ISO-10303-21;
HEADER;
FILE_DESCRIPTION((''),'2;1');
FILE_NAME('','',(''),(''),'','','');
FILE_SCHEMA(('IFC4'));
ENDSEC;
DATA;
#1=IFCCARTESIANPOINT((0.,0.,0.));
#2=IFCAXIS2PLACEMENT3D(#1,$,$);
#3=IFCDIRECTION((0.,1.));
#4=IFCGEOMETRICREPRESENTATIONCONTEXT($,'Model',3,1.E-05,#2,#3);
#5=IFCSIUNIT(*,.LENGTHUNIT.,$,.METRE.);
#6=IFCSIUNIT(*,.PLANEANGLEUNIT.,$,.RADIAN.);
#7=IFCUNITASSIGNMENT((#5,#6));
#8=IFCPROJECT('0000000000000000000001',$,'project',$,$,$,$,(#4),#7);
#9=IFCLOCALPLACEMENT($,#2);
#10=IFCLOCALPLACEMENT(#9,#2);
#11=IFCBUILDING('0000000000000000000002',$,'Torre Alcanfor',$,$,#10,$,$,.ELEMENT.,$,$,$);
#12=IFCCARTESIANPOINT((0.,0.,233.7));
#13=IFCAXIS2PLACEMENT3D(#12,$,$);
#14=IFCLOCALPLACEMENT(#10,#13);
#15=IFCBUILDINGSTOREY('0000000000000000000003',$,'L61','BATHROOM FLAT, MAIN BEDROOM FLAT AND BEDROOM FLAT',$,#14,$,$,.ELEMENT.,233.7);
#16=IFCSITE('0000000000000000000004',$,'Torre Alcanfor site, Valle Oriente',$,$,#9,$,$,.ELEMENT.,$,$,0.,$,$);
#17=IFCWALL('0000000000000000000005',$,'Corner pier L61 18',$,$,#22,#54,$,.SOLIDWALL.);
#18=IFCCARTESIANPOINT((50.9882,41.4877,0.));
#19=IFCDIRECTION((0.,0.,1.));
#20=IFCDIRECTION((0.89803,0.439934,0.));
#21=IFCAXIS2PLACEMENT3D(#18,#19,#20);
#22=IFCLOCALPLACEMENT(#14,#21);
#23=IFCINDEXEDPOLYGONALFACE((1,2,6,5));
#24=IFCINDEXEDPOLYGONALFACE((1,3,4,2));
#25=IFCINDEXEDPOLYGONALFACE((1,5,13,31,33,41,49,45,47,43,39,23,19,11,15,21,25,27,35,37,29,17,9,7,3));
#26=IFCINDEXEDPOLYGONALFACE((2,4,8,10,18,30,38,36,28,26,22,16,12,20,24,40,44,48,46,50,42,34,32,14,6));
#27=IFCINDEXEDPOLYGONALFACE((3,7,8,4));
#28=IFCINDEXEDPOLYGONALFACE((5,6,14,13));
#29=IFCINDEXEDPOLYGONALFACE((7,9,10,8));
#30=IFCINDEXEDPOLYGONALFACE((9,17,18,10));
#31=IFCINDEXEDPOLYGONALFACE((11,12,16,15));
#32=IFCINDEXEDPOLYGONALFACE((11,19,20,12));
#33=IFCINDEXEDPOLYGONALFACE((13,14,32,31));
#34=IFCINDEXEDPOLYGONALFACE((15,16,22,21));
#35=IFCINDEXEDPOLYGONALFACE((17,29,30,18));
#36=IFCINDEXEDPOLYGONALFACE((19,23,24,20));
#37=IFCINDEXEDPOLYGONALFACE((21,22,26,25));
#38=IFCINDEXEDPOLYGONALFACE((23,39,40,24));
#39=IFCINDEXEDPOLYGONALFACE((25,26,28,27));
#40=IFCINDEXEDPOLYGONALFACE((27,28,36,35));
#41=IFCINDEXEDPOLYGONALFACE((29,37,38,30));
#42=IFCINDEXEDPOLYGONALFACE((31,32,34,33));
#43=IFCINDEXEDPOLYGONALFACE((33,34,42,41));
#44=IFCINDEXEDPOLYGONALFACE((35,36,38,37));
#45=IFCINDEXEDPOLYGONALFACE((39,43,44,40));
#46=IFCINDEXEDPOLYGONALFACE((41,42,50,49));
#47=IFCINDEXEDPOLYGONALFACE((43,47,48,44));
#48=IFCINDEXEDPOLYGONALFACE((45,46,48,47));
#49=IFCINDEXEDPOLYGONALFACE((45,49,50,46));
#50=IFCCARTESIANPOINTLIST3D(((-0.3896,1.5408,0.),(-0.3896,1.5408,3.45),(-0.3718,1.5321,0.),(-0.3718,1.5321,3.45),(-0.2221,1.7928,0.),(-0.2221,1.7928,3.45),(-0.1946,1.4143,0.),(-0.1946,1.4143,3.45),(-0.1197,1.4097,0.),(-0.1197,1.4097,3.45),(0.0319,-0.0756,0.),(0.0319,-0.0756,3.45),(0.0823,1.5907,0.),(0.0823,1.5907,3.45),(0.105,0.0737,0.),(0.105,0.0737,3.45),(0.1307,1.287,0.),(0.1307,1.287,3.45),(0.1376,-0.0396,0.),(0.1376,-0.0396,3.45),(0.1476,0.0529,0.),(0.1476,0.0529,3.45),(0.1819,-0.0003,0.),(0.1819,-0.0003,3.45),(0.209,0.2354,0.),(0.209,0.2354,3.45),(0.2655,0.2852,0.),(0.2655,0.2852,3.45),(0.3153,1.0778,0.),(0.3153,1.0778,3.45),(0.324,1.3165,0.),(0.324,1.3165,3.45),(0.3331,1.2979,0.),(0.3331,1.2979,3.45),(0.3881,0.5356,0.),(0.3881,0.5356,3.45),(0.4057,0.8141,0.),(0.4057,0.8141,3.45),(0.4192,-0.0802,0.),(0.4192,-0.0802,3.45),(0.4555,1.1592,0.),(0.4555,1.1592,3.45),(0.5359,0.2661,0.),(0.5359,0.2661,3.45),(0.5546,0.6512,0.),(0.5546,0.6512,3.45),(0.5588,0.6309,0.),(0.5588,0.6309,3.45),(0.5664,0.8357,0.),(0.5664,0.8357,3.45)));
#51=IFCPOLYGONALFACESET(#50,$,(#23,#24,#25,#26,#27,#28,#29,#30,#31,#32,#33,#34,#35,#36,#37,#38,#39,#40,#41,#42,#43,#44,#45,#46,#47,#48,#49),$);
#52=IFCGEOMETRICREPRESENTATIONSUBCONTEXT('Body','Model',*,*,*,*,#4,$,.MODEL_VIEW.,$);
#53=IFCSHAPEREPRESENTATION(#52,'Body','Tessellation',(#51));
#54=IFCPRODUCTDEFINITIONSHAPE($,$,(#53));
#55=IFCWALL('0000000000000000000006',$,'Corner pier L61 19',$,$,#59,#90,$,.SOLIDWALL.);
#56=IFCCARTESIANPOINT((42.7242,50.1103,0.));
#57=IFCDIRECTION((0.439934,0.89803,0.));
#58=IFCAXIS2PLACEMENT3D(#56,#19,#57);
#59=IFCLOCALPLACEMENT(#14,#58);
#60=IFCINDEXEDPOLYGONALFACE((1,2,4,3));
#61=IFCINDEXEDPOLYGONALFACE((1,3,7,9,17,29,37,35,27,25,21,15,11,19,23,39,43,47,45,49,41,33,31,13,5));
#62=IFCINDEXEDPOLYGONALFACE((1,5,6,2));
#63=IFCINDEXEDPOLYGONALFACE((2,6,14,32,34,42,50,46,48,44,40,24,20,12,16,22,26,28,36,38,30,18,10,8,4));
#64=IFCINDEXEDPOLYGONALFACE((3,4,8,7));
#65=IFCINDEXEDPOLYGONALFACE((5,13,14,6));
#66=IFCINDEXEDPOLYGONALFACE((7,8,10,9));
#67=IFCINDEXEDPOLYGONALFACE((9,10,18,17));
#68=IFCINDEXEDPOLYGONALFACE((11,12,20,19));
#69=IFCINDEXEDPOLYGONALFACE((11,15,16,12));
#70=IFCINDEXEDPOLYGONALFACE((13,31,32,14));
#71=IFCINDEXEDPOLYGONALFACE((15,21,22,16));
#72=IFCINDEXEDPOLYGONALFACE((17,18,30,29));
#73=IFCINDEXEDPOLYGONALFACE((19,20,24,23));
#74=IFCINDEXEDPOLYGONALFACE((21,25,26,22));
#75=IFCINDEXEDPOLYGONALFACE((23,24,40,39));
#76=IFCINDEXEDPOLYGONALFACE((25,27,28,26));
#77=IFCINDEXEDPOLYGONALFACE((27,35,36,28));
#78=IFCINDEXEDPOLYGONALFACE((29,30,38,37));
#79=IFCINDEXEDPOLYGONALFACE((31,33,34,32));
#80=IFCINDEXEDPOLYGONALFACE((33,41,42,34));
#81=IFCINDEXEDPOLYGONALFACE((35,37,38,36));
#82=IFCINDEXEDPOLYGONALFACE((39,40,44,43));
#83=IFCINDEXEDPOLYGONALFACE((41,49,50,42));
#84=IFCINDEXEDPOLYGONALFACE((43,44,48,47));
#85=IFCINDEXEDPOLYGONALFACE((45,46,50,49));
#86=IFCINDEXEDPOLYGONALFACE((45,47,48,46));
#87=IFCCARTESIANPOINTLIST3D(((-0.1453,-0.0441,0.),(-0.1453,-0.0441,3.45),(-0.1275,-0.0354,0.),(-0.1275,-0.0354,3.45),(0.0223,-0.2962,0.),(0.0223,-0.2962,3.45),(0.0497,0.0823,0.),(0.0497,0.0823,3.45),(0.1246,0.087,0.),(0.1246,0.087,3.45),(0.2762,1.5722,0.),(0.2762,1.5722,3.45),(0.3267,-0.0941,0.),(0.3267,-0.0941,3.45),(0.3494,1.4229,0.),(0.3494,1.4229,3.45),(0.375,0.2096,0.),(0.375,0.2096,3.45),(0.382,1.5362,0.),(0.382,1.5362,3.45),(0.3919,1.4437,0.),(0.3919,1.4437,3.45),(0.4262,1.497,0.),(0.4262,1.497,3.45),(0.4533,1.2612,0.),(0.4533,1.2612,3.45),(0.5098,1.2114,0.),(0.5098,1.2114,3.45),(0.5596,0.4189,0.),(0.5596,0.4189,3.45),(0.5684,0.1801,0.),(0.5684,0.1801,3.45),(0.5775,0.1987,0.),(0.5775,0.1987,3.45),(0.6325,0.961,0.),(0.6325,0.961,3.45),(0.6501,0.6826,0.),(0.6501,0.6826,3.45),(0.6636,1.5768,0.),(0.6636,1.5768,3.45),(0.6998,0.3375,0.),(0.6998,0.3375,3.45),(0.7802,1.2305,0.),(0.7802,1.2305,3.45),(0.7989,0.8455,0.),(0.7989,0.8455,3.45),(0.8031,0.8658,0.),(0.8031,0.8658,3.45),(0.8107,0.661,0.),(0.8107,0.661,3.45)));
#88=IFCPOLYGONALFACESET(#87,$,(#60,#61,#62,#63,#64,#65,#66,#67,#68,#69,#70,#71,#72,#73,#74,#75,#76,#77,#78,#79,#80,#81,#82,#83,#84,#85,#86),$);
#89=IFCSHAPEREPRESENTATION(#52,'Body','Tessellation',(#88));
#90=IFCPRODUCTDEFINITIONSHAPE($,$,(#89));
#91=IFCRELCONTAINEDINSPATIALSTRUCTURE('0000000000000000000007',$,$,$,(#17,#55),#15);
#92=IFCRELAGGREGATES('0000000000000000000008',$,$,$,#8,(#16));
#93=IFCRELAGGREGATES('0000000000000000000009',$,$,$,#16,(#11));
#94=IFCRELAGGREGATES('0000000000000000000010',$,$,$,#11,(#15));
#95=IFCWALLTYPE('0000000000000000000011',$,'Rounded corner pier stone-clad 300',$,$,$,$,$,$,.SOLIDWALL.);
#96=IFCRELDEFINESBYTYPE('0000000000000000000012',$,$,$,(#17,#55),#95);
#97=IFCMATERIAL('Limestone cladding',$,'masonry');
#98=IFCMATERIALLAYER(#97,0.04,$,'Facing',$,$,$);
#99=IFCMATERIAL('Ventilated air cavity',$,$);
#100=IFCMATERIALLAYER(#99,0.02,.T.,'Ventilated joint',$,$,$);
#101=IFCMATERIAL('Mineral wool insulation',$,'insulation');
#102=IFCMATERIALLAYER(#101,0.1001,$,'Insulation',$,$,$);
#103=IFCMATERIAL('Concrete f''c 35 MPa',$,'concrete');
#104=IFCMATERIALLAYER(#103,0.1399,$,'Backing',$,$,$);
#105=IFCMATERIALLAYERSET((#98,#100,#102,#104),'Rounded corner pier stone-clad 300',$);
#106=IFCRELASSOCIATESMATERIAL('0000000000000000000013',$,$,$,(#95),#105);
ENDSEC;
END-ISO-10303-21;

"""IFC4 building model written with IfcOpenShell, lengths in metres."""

from ifc_helpers import new_model, si_unit, direction, frame, origin, place, context, subcontext, project, spatial, polyline, outline, extrude, material, layer, layer_set, type_object, element, save


model = new_model("IFC4")

# Units and contexts
model_context = context("Model", 3, precision=1e-05, world=origin(), true_north=direction((0.0, 1.0)))
body_context = subcontext(model_context, "Body", "Model", "MODEL_VIEW")
ifc_project = project(units=[si_unit("LENGTHUNIT", "METRE"), si_unit("PLANEANGLEUNIT", "RADIAN")], contexts=[model_context])

# Site, building, storey
site_placement = place(None, origin())
site = spatial("IfcSite", under=ifc_project, at=site_placement, Name="Torre Alcanfor site, Valle Oriente", CompositionType="ELEMENT", RefElevation=0.0)
building_placement = place(site_placement, origin())
building = spatial("IfcBuilding", under=site, at=building_placement, Name="Torre Alcanfor", CompositionType="ELEMENT")
storey_placement = place(building_placement, frame((0.0, 0.0, 233.7)))
storey = spatial("IfcBuildingStorey", under=building, at=storey_placement, Name="L61", Description="BATHROOM FLAT, MAIN BEDROOM FLAT AND BEDROOM FLAT", CompositionType="ELEMENT", Elevation=233.7)

# Shared definitions
ifc_material_1 = material(Name="Limestone cladding", Category="masonry")
ifc_material_2 = material(Name="Ventilated air cavity")
ifc_material_3 = material(Name="Mineral wool insulation", Category="insulation")
ifc_material_4 = material(Name="Concrete f'c 35 MPa", Category="concrete")

# Walls
ifc_layer_1 = layer(ifc_material_1, 0.04, Name="Facing")
ifc_layer_2 = layer(ifc_material_2, 0.02, ventilated=True, Name="Ventilated joint")
ifc_layer_3 = layer(ifc_material_3, 0.1001, Name="Insulation")
ifc_layer_4 = layer(ifc_material_4, 0.1399, Name="Backing")
ifc_layer_set_1 = layer_set([ifc_layer_1, ifc_layer_2, ifc_layer_3, ifc_layer_4], Name="Rounded corner pier stone-clad 300")
wall_type_1 = type_object("IfcWallType", Name="Rounded corner pier stone-clad 300", PredefinedType="SOLIDWALL", material=ifc_layer_set_1)
wall_1_placement = place(storey_placement, frame((50.9882, 41.4877, 0.0), z_axis=(0.0, 0.0, 1.0), x_axis=(0.89803, 0.439934, 0.0)))
element("IfcWall", 1, at=wall_1_placement, inside=storey, type_object=wall_type_1, Name="Corner pier L61 18", PredefinedType="SOLIDWALL", context=body_context, shape_type="SweptSolid", body=[
    extrude(outline(polyline([(0.1376, -0.0396), (0.1819, -0.0003), (0.4192, -0.0802), (0.5359, 0.2661), (0.5588, 0.6309), (0.5546, 0.6512), (0.5664, 0.8357), (0.4555, 1.1592), (0.3331, 1.2979), (0.324, 1.3165), (0.0823, 1.5907), (-0.2221, 1.7928), (-0.3896, 1.5408), (-0.3718, 1.5321), (-0.1946, 1.4143), (-0.1197, 1.4097), (0.1307, 1.287), (0.3153, 1.0778), (0.4057, 0.8141), (0.3881, 0.5356), (0.2655, 0.2852), (0.209, 0.2354), (0.1476, 0.0529), (0.105, 0.0737), (0.0319, -0.0756), (0.1376, -0.0396)])), origin(), (0.0, 0.0, 1.0), 3.45),
])
wall_2_placement = place(storey_placement, frame((42.7242, 50.1103, 0.0), z_axis=(0.0, 0.0, 1.0), x_axis=(0.439934, 0.89803, 0.0)))
element("IfcWall", 2, at=wall_2_placement, inside=storey, type_object=wall_type_1, Name="Corner pier L61 19", PredefinedType="SOLIDWALL", context=body_context, shape_type="SweptSolid", body=[
    extrude(outline(polyline([(-0.1453, -0.0441), (0.0223, -0.2962), (0.3267, -0.0941), (0.5684, 0.1801), (0.5775, 0.1987), (0.6998, 0.3375), (0.8107, 0.661), (0.7989, 0.8455), (0.8031, 0.8658), (0.7802, 1.2305), (0.6636, 1.5768), (0.4262, 1.497), (0.382, 1.5362), (0.2762, 1.5722), (0.3494, 1.4229), (0.3919, 1.4437), (0.4533, 1.2612), (0.5098, 1.2114), (0.6325, 0.961), (0.6501, 0.6826), (0.5596, 0.4189), (0.375, 0.2096), (0.1246, 0.087), (0.0497, 0.0823), (-0.1275, -0.0354), (-0.1453, -0.0441)])), origin(), (0.0, 0.0, 1.0), 3.45),
])

save(model, "model.ifc")
